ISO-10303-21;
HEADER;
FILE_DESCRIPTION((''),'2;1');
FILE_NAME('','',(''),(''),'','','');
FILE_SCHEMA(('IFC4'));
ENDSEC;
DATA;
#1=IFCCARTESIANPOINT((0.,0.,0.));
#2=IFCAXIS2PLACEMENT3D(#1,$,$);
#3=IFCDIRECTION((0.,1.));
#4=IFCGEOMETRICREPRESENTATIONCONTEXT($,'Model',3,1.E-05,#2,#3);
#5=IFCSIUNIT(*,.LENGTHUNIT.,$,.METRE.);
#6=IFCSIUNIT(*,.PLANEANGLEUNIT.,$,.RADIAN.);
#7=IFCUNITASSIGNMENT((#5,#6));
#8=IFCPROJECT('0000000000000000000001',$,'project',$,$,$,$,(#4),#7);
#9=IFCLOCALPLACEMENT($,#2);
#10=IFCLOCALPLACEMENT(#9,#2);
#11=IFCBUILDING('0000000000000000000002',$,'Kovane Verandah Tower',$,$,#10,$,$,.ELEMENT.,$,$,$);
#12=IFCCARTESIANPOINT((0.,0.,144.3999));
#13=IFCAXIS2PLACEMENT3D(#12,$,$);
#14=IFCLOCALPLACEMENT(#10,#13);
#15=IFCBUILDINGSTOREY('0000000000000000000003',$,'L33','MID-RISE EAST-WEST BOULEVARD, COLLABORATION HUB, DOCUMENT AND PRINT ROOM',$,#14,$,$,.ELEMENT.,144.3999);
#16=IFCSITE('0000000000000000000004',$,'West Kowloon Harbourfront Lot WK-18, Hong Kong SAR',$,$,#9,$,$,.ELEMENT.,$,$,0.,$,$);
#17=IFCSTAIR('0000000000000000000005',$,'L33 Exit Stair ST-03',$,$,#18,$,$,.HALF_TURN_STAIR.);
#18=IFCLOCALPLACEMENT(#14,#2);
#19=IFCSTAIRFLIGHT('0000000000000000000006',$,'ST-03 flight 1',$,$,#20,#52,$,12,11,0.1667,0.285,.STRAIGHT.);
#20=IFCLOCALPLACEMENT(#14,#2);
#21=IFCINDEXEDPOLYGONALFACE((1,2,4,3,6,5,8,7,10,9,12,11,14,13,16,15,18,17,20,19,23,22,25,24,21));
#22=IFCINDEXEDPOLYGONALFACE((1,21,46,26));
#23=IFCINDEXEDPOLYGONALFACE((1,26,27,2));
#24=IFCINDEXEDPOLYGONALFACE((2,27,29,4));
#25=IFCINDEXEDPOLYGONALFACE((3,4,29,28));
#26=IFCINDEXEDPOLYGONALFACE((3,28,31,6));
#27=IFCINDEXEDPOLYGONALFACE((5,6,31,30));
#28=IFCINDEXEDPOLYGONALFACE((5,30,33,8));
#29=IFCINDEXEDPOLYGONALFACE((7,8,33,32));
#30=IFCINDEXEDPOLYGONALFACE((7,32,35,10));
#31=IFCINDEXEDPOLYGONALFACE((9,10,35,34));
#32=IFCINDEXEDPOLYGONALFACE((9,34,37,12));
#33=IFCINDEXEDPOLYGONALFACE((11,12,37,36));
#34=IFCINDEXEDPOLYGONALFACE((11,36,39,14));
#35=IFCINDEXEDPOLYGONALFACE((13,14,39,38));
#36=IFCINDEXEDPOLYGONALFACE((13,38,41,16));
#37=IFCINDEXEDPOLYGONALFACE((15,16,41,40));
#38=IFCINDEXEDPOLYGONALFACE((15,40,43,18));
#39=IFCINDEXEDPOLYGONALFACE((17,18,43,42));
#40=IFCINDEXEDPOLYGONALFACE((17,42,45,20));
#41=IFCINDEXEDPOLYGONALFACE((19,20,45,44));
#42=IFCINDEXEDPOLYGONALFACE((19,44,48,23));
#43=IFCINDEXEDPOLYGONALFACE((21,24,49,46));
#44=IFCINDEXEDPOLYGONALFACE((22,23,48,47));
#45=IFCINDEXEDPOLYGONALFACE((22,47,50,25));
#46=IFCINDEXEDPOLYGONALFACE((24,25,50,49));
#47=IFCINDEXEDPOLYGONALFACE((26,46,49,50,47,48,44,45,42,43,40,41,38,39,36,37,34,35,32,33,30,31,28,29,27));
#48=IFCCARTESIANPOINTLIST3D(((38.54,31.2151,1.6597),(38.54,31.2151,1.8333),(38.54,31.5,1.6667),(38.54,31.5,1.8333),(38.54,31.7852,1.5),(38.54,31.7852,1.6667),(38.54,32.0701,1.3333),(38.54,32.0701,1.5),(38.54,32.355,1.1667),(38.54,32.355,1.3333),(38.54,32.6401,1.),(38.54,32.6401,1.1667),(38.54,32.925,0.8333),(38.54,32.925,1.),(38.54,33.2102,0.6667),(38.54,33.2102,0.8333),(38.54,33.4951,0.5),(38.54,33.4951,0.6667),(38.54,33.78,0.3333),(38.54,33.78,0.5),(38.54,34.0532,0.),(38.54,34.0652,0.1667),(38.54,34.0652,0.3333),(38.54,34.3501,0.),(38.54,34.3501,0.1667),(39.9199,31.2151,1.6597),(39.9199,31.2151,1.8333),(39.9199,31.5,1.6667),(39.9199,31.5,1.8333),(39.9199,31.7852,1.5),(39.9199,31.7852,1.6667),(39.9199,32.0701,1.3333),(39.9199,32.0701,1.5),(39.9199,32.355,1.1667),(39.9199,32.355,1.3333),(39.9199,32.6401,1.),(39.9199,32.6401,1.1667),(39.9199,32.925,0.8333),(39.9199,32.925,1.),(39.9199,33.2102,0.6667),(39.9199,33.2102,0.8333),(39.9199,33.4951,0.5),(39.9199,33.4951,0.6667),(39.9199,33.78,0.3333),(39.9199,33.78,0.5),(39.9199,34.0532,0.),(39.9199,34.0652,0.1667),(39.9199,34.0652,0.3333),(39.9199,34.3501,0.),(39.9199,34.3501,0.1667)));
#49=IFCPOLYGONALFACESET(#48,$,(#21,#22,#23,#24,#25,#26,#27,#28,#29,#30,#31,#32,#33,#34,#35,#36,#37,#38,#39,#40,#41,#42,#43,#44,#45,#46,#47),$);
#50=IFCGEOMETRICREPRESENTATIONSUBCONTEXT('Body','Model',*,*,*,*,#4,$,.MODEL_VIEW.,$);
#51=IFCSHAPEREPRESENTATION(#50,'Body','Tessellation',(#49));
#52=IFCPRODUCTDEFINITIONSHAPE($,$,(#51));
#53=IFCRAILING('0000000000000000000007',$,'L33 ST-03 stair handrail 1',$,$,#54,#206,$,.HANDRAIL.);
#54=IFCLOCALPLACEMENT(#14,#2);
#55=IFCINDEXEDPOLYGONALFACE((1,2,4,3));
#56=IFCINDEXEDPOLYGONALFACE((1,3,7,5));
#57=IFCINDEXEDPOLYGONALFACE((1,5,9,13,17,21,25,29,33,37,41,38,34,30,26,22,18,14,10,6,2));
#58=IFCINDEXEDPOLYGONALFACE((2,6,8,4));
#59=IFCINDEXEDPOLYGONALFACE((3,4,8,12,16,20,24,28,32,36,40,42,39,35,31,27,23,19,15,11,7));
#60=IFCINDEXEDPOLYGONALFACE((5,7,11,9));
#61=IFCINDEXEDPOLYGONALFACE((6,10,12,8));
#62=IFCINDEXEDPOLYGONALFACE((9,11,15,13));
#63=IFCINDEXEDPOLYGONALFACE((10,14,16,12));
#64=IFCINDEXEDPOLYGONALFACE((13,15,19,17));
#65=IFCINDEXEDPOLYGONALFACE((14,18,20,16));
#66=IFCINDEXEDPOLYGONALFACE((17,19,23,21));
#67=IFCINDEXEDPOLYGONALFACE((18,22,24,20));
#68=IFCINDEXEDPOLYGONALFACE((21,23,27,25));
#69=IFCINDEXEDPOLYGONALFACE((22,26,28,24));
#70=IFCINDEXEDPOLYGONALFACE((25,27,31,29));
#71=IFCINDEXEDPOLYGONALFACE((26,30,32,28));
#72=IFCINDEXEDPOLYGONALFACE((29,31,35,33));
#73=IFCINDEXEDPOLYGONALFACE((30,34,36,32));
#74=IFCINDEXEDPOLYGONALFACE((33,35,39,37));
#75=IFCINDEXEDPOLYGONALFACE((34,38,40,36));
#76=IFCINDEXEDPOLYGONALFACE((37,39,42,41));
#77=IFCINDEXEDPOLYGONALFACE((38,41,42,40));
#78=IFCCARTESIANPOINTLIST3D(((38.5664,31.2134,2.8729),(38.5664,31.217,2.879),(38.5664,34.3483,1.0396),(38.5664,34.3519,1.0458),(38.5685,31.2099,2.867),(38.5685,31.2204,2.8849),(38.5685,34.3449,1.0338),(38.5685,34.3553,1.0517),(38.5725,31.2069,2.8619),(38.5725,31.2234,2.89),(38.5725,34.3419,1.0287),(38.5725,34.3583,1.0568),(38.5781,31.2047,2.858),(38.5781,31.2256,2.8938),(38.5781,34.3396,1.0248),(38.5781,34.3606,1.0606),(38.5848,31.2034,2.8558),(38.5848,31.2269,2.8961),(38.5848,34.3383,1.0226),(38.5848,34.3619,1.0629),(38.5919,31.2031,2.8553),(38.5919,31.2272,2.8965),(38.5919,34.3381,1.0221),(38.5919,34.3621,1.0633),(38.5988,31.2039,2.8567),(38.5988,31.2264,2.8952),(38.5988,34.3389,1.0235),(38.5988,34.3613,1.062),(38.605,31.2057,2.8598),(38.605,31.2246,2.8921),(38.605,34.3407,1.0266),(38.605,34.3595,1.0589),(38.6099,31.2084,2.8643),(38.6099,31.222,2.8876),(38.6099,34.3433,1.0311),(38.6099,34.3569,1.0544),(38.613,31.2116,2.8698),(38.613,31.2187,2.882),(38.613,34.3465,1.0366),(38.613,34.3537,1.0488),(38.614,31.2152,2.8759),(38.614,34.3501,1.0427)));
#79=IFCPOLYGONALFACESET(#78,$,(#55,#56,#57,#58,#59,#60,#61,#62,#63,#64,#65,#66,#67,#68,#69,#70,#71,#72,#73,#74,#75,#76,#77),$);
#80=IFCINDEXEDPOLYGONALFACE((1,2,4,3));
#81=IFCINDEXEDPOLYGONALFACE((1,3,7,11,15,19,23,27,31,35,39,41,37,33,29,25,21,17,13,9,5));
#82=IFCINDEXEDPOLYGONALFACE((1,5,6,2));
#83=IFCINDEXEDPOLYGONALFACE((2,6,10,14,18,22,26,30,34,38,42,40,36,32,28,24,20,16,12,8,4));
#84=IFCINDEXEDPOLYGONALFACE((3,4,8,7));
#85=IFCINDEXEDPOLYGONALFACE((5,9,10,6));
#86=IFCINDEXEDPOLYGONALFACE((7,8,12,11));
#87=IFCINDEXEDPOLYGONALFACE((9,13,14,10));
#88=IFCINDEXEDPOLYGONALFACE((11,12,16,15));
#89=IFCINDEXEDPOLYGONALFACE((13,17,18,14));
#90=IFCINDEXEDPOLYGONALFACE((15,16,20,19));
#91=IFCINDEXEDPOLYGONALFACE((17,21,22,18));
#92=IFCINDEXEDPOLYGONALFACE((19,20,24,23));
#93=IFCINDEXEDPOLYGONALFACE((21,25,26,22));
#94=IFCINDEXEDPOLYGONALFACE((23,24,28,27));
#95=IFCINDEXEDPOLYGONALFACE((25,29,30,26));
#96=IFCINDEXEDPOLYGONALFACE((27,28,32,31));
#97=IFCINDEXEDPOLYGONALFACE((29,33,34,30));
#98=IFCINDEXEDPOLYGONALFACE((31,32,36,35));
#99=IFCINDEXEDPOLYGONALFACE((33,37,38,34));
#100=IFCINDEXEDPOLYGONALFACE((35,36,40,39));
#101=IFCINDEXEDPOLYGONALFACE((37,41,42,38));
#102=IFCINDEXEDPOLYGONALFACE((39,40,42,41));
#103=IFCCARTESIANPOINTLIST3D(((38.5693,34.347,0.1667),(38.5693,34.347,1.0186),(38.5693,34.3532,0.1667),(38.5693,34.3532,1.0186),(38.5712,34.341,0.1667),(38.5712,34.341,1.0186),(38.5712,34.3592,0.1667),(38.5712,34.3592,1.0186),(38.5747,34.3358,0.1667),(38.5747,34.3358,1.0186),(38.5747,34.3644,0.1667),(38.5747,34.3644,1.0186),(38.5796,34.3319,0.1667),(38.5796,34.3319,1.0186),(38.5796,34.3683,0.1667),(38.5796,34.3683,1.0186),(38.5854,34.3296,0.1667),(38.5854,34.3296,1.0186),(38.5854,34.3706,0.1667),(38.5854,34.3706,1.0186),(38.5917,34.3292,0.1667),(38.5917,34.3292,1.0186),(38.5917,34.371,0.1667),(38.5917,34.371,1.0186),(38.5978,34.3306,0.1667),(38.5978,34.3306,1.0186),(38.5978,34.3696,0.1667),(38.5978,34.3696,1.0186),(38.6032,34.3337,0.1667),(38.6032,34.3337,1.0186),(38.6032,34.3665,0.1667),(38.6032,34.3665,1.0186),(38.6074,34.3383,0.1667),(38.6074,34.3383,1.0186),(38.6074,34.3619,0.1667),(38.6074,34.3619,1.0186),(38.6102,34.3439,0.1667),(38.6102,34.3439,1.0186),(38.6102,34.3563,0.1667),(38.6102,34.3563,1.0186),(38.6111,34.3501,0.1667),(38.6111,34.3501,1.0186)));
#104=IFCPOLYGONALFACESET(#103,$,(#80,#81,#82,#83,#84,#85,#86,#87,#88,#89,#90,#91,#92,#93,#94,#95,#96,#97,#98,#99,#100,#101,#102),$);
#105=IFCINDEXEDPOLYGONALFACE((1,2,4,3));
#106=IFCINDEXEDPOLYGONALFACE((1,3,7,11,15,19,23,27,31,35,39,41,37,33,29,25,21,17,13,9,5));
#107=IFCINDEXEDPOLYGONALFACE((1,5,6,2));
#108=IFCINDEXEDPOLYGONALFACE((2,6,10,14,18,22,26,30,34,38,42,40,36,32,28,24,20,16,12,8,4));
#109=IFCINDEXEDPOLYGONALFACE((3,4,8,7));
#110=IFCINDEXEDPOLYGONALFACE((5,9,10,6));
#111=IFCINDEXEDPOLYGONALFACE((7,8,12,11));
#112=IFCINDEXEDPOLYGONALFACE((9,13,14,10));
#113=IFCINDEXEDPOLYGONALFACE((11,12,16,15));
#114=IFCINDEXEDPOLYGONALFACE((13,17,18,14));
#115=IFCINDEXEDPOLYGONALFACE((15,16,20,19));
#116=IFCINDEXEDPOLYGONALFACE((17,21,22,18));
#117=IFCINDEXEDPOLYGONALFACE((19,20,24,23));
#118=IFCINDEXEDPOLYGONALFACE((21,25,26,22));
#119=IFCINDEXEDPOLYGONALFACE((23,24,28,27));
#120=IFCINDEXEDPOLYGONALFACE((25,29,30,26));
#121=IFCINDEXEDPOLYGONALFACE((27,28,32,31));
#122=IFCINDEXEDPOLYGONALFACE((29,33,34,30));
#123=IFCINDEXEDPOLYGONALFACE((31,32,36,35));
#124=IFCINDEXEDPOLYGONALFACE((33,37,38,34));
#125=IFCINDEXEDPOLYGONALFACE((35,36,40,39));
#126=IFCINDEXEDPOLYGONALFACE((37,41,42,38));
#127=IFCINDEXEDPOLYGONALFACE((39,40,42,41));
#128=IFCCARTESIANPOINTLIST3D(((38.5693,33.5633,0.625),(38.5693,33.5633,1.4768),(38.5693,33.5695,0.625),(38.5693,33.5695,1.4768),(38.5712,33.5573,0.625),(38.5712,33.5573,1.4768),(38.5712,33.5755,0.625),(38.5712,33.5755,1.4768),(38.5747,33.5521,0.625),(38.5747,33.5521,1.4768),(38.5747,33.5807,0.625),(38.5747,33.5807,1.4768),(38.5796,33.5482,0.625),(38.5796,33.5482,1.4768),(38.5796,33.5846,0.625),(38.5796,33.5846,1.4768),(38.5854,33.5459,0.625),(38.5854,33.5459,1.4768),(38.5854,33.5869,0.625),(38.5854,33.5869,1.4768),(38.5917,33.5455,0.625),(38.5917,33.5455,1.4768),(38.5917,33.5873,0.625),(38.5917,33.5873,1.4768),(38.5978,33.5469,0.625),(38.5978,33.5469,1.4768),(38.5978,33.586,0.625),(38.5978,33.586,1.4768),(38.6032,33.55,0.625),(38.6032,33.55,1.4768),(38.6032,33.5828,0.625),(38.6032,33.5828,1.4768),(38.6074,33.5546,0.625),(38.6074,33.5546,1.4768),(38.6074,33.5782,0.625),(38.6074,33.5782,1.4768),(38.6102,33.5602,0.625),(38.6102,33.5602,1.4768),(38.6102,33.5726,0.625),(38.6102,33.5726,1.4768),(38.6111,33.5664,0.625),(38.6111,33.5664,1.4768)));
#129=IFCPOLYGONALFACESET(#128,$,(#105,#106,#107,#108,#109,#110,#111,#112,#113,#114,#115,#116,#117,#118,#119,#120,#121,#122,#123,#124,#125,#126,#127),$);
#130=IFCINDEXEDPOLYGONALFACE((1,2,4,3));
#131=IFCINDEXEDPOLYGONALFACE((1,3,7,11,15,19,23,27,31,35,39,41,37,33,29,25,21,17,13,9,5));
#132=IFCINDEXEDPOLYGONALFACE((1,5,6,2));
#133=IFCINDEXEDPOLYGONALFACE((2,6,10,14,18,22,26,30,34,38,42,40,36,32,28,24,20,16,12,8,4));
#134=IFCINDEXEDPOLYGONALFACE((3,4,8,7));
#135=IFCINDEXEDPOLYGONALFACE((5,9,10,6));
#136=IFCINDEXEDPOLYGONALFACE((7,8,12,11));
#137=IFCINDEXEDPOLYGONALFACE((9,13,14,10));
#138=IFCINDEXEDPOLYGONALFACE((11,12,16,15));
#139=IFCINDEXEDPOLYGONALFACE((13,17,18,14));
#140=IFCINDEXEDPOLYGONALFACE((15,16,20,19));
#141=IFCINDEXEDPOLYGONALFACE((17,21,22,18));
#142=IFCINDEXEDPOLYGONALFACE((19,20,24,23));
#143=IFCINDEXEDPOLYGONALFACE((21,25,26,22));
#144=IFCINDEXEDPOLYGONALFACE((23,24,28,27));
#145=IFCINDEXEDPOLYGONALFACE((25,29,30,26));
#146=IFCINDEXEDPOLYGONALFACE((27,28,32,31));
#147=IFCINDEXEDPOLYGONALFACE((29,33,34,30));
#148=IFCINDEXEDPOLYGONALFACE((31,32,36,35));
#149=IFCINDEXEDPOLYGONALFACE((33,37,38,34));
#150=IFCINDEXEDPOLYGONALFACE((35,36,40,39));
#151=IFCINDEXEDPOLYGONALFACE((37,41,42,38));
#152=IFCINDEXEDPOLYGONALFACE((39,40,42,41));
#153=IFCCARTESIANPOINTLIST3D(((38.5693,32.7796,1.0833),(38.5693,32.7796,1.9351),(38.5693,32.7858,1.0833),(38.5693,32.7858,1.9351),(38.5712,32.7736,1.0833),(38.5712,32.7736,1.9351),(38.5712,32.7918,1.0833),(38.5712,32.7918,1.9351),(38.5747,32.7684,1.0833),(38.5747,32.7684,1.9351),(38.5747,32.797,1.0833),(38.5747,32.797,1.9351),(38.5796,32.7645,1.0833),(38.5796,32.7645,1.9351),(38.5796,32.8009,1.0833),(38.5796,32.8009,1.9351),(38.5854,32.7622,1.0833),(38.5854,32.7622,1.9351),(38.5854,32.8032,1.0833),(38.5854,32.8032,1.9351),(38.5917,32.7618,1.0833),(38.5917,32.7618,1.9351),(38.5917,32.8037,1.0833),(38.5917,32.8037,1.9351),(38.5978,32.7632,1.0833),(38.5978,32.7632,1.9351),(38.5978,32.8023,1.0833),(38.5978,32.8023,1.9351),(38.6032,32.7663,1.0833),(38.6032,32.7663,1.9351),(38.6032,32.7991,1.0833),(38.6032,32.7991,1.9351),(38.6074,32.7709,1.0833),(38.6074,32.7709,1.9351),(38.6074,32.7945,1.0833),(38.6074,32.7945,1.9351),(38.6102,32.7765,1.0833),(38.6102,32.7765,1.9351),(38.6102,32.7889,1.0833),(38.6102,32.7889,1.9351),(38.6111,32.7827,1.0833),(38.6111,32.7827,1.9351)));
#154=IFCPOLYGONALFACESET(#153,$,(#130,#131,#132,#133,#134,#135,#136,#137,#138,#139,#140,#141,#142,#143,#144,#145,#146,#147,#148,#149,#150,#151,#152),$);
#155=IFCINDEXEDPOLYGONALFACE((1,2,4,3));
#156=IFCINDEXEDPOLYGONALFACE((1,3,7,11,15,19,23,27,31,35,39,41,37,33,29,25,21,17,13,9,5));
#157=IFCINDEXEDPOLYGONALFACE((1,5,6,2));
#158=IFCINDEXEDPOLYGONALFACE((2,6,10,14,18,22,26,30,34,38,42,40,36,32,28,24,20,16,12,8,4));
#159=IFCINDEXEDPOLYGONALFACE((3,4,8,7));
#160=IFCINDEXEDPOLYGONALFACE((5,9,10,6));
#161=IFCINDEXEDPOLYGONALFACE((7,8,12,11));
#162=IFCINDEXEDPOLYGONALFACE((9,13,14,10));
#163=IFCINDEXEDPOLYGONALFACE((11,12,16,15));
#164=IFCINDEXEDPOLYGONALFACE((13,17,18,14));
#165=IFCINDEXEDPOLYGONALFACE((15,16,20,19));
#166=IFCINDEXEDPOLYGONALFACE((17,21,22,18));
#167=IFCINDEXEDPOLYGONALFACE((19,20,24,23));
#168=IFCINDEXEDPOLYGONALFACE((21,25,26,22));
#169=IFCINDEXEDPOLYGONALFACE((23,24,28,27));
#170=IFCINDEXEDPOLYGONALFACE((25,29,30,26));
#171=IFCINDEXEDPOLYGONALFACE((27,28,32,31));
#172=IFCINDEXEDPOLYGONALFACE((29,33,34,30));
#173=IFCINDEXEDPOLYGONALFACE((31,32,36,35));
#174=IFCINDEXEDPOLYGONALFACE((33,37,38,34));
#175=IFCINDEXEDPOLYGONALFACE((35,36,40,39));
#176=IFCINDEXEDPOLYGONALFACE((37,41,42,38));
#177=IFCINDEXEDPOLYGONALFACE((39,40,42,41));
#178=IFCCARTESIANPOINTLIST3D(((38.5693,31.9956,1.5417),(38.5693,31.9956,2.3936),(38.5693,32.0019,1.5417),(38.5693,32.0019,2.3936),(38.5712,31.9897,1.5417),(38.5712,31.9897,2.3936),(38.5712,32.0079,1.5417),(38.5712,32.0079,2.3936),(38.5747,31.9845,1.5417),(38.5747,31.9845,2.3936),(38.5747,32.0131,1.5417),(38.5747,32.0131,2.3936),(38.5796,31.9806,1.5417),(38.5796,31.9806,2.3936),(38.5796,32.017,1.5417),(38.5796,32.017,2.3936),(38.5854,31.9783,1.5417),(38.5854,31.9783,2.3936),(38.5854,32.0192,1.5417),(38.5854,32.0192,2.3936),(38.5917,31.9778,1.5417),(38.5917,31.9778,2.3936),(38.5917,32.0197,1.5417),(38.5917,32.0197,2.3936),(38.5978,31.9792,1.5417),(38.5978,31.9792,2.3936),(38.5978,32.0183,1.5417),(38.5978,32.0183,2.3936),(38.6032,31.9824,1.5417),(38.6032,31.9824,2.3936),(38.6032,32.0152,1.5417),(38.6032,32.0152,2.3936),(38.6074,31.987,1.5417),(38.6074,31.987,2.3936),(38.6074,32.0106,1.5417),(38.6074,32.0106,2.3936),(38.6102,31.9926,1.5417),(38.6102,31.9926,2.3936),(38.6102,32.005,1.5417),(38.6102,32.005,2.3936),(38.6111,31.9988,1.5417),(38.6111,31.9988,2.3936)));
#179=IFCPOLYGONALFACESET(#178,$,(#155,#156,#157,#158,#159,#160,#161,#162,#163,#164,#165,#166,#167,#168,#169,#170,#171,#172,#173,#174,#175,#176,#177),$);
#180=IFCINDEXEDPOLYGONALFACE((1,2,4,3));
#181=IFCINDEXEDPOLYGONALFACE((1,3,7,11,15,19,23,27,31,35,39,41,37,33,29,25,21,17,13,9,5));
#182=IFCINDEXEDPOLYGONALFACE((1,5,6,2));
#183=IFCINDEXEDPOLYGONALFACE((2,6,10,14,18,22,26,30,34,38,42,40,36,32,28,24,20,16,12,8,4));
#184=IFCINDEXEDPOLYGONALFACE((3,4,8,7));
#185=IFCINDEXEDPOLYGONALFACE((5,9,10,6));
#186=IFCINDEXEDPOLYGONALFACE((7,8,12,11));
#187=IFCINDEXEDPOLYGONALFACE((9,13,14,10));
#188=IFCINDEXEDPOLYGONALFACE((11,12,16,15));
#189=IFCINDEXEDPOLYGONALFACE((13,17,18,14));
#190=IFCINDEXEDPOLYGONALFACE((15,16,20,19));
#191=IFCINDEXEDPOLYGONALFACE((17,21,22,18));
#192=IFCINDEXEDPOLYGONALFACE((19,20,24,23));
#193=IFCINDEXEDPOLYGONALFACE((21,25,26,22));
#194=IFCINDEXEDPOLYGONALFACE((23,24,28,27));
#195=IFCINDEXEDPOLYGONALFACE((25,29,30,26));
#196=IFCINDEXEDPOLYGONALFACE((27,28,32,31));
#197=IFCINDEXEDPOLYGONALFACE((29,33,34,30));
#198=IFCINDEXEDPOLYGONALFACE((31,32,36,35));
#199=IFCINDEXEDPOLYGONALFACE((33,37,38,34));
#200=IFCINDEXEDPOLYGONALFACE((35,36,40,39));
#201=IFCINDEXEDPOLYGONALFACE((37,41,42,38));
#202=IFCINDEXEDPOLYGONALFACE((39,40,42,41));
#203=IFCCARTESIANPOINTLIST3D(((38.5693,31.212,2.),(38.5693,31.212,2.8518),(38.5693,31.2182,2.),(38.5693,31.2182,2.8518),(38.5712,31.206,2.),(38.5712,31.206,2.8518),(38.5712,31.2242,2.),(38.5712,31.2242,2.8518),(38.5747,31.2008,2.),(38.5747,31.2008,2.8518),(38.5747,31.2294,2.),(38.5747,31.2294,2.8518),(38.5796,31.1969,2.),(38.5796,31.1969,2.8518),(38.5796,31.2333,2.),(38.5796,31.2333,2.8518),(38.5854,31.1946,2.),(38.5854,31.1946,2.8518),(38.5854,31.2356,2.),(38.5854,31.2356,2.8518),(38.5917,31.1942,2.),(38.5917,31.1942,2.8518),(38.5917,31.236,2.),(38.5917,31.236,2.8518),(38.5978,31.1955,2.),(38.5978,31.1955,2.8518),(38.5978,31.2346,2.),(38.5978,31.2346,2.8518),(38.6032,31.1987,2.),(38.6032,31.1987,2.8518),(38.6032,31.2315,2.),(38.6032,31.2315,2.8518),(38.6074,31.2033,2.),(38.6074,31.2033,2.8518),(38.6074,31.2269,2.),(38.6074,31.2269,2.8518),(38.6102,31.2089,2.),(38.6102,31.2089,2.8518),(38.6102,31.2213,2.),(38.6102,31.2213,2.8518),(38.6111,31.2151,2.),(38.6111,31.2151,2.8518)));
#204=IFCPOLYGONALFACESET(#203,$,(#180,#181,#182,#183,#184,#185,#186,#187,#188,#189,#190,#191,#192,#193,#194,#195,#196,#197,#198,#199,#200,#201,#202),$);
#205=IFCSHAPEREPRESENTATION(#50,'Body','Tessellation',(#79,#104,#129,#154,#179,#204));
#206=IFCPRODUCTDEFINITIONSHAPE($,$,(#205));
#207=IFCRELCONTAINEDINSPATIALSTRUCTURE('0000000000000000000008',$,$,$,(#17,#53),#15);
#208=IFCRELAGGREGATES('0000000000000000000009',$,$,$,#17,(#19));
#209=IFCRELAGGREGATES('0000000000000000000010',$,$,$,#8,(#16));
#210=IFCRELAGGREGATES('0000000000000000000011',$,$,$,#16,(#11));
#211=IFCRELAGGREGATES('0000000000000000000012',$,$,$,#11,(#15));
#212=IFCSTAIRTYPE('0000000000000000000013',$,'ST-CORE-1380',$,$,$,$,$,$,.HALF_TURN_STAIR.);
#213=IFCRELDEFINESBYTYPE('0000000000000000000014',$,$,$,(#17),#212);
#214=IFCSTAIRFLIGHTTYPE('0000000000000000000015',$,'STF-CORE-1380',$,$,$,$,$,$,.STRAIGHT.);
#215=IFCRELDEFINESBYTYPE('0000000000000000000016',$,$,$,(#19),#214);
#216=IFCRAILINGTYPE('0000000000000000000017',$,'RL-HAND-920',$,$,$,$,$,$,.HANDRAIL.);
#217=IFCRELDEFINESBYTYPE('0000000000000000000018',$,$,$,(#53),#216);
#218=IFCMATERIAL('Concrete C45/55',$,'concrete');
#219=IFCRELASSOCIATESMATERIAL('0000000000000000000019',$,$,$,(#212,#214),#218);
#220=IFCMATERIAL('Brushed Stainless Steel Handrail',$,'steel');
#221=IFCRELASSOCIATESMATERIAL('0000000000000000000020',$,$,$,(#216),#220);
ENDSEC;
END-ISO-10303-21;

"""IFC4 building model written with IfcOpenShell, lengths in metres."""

from ifc_helpers import new_model, si_unit, direction, frame, origin, origin_2d, place, context, subcontext, project, spatial, polyline, circle, outline, extrude, material, type_object, element, aggregate, save


model = new_model("IFC4")

# Units and contexts
model_context = context("Model", 3, precision=1e-05, world=origin(), true_north=direction((0.0, 1.0)))
body_context = subcontext(model_context, "Body", "Model", "MODEL_VIEW")
ifc_project = project(units=[si_unit("LENGTHUNIT", "METRE"), si_unit("PLANEANGLEUNIT", "RADIAN")], contexts=[model_context])

# Site, building, storey
site_placement = place(None, origin())
site = spatial("IfcSite", under=ifc_project, at=site_placement, Name="West Kowloon Harbourfront Lot WK-18, Hong Kong SAR", CompositionType="ELEMENT", RefElevation=0.0)
building_placement = place(site_placement, origin())
building = spatial("IfcBuilding", under=site, at=building_placement, Name="Kovane Verandah Tower", CompositionType="ELEMENT")
storey_placement = place(building_placement, frame((0.0, 0.0, 144.3999)))
storey = spatial("IfcBuildingStorey", under=building, at=storey_placement, Name="L33", Description="MID-RISE EAST-WEST BOULEVARD, COLLABORATION HUB, DOCUMENT AND PRINT ROOM", CompositionType="ELEMENT", Elevation=144.3999)

# Shared definitions
ifc_material_1 = material(Name="Concrete C45/55", Category="concrete")

# Stair, stair flight
stair_type = type_object("IfcStairType", Name="ST-CORE-1380", PredefinedType="HALF_TURN_STAIR", material=ifc_material_1)
stair_placement = place(storey_placement, origin())
stair = element("IfcStair", 1, at=stair_placement, inside=storey, type_object=stair_type, Name="L33 Exit Stair ST-03", PredefinedType="HALF_TURN_STAIR")
stair_flight_type = type_object("IfcStairFlightType", Name="STF-CORE-1380", PredefinedType="STRAIGHT", material=ifc_material_1)
stair_flight_placement = place(storey_placement, frame((39.23, 34.3501, 0.0), z_axis=(0.0, 0.0, 1.0), x_axis=(0.0, -1.0, 0.0)))
stair_flight = element("IfcStairFlight", 2, at=stair_flight_placement, type_object=stair_flight_type, Name="ST-03 flight 1", NumberOfRisers=12, NumberOfTreads=11, PredefinedType="STRAIGHT", RiserHeight=0.1667, TreadLength=0.285, context=body_context, shape_type="SweptSolid", body=[
    extrude(outline(polyline([(0.0, 0.0), (0.0, 0.1667), (0.2849, 0.1667), (0.2849, 0.3333), (0.5701, 0.3333), (0.5701, 0.5), (0.855, 0.5), (0.855, 0.6667), (1.1399, 0.6667), (1.1399, 0.8333), (1.425, 0.8333), (1.425, 1.0), (1.71, 1.0), (1.71, 1.1667), (1.9951, 1.1667), (1.9951, 1.3333), (2.28, 1.3333), (2.28, 1.5), (2.5649, 1.5), (2.5649, 1.6667), (2.8501, 1.6667), (2.8501, 1.8333), (3.135, 1.8333), (3.135, 2.0), (3.135, 1.6597), (0.2969, 0.0), (0.0, 0.0)])), frame((0.0, 0.6899, 0.0), z_axis=(0.0, -1.0, 0.0), x_axis=(1.0, 0.0, 0.0)), (0.0, 0.0, 1.0), 1.3799),
])
aggregate(stair, [stair_flight])

# Railing
ifc_material_2 = material(Name="Brushed Stainless Steel Handrail", Category="steel")
railing_type_1 = type_object("IfcRailingType", Name="RL-HAND-920", PredefinedType="HANDRAIL", material=ifc_material_2)
railing_1_placement = place(storey_placement, frame((38.5901, 34.3501, 0.1667)))
element("IfcRailing", 3, at=railing_1_placement, inside=storey, type_object=railing_type_1, Name="L33 ST-03 stair handrail 1", PredefinedType="HANDRAIL", context=body_context, shape_type="SweptSolid", body=[
    extrude(circle(Radius=0.0239, at=origin_2d()), frame((0.0, 0.0, 0.876), z_axis=(0.0, -0.86324, 0.504794), x_axis=(1.0, 0.0, 0.0)), (0.0, 0.0, 1.0), 3.6316),
    extrude(circle(Radius=0.021, at=origin_2d()), origin(), (0.0, 0.0, 1.0), 0.8518),
    extrude(circle(Radius=0.021, at=origin_2d()), frame((0.0, -0.7837, 0.4583)), (0.0, 0.0, 1.0), 0.8518),
    extrude(circle(Radius=0.021, at=origin_2d()), frame((0.0, -1.5674, 0.9165)), (0.0, 0.0, 1.0), 0.8518),
    extrude(circle(Radius=0.021, at=origin_2d()), frame((0.0, -2.3513, 1.375)), (0.0, 0.0, 1.0), 0.8518),
    extrude(circle(Radius=0.021, at=origin_2d()), frame((0.0, -3.135, 1.8333)), (0.0, 0.0, 1.0), 0.8518),
])

save(model, "model.ifc")
